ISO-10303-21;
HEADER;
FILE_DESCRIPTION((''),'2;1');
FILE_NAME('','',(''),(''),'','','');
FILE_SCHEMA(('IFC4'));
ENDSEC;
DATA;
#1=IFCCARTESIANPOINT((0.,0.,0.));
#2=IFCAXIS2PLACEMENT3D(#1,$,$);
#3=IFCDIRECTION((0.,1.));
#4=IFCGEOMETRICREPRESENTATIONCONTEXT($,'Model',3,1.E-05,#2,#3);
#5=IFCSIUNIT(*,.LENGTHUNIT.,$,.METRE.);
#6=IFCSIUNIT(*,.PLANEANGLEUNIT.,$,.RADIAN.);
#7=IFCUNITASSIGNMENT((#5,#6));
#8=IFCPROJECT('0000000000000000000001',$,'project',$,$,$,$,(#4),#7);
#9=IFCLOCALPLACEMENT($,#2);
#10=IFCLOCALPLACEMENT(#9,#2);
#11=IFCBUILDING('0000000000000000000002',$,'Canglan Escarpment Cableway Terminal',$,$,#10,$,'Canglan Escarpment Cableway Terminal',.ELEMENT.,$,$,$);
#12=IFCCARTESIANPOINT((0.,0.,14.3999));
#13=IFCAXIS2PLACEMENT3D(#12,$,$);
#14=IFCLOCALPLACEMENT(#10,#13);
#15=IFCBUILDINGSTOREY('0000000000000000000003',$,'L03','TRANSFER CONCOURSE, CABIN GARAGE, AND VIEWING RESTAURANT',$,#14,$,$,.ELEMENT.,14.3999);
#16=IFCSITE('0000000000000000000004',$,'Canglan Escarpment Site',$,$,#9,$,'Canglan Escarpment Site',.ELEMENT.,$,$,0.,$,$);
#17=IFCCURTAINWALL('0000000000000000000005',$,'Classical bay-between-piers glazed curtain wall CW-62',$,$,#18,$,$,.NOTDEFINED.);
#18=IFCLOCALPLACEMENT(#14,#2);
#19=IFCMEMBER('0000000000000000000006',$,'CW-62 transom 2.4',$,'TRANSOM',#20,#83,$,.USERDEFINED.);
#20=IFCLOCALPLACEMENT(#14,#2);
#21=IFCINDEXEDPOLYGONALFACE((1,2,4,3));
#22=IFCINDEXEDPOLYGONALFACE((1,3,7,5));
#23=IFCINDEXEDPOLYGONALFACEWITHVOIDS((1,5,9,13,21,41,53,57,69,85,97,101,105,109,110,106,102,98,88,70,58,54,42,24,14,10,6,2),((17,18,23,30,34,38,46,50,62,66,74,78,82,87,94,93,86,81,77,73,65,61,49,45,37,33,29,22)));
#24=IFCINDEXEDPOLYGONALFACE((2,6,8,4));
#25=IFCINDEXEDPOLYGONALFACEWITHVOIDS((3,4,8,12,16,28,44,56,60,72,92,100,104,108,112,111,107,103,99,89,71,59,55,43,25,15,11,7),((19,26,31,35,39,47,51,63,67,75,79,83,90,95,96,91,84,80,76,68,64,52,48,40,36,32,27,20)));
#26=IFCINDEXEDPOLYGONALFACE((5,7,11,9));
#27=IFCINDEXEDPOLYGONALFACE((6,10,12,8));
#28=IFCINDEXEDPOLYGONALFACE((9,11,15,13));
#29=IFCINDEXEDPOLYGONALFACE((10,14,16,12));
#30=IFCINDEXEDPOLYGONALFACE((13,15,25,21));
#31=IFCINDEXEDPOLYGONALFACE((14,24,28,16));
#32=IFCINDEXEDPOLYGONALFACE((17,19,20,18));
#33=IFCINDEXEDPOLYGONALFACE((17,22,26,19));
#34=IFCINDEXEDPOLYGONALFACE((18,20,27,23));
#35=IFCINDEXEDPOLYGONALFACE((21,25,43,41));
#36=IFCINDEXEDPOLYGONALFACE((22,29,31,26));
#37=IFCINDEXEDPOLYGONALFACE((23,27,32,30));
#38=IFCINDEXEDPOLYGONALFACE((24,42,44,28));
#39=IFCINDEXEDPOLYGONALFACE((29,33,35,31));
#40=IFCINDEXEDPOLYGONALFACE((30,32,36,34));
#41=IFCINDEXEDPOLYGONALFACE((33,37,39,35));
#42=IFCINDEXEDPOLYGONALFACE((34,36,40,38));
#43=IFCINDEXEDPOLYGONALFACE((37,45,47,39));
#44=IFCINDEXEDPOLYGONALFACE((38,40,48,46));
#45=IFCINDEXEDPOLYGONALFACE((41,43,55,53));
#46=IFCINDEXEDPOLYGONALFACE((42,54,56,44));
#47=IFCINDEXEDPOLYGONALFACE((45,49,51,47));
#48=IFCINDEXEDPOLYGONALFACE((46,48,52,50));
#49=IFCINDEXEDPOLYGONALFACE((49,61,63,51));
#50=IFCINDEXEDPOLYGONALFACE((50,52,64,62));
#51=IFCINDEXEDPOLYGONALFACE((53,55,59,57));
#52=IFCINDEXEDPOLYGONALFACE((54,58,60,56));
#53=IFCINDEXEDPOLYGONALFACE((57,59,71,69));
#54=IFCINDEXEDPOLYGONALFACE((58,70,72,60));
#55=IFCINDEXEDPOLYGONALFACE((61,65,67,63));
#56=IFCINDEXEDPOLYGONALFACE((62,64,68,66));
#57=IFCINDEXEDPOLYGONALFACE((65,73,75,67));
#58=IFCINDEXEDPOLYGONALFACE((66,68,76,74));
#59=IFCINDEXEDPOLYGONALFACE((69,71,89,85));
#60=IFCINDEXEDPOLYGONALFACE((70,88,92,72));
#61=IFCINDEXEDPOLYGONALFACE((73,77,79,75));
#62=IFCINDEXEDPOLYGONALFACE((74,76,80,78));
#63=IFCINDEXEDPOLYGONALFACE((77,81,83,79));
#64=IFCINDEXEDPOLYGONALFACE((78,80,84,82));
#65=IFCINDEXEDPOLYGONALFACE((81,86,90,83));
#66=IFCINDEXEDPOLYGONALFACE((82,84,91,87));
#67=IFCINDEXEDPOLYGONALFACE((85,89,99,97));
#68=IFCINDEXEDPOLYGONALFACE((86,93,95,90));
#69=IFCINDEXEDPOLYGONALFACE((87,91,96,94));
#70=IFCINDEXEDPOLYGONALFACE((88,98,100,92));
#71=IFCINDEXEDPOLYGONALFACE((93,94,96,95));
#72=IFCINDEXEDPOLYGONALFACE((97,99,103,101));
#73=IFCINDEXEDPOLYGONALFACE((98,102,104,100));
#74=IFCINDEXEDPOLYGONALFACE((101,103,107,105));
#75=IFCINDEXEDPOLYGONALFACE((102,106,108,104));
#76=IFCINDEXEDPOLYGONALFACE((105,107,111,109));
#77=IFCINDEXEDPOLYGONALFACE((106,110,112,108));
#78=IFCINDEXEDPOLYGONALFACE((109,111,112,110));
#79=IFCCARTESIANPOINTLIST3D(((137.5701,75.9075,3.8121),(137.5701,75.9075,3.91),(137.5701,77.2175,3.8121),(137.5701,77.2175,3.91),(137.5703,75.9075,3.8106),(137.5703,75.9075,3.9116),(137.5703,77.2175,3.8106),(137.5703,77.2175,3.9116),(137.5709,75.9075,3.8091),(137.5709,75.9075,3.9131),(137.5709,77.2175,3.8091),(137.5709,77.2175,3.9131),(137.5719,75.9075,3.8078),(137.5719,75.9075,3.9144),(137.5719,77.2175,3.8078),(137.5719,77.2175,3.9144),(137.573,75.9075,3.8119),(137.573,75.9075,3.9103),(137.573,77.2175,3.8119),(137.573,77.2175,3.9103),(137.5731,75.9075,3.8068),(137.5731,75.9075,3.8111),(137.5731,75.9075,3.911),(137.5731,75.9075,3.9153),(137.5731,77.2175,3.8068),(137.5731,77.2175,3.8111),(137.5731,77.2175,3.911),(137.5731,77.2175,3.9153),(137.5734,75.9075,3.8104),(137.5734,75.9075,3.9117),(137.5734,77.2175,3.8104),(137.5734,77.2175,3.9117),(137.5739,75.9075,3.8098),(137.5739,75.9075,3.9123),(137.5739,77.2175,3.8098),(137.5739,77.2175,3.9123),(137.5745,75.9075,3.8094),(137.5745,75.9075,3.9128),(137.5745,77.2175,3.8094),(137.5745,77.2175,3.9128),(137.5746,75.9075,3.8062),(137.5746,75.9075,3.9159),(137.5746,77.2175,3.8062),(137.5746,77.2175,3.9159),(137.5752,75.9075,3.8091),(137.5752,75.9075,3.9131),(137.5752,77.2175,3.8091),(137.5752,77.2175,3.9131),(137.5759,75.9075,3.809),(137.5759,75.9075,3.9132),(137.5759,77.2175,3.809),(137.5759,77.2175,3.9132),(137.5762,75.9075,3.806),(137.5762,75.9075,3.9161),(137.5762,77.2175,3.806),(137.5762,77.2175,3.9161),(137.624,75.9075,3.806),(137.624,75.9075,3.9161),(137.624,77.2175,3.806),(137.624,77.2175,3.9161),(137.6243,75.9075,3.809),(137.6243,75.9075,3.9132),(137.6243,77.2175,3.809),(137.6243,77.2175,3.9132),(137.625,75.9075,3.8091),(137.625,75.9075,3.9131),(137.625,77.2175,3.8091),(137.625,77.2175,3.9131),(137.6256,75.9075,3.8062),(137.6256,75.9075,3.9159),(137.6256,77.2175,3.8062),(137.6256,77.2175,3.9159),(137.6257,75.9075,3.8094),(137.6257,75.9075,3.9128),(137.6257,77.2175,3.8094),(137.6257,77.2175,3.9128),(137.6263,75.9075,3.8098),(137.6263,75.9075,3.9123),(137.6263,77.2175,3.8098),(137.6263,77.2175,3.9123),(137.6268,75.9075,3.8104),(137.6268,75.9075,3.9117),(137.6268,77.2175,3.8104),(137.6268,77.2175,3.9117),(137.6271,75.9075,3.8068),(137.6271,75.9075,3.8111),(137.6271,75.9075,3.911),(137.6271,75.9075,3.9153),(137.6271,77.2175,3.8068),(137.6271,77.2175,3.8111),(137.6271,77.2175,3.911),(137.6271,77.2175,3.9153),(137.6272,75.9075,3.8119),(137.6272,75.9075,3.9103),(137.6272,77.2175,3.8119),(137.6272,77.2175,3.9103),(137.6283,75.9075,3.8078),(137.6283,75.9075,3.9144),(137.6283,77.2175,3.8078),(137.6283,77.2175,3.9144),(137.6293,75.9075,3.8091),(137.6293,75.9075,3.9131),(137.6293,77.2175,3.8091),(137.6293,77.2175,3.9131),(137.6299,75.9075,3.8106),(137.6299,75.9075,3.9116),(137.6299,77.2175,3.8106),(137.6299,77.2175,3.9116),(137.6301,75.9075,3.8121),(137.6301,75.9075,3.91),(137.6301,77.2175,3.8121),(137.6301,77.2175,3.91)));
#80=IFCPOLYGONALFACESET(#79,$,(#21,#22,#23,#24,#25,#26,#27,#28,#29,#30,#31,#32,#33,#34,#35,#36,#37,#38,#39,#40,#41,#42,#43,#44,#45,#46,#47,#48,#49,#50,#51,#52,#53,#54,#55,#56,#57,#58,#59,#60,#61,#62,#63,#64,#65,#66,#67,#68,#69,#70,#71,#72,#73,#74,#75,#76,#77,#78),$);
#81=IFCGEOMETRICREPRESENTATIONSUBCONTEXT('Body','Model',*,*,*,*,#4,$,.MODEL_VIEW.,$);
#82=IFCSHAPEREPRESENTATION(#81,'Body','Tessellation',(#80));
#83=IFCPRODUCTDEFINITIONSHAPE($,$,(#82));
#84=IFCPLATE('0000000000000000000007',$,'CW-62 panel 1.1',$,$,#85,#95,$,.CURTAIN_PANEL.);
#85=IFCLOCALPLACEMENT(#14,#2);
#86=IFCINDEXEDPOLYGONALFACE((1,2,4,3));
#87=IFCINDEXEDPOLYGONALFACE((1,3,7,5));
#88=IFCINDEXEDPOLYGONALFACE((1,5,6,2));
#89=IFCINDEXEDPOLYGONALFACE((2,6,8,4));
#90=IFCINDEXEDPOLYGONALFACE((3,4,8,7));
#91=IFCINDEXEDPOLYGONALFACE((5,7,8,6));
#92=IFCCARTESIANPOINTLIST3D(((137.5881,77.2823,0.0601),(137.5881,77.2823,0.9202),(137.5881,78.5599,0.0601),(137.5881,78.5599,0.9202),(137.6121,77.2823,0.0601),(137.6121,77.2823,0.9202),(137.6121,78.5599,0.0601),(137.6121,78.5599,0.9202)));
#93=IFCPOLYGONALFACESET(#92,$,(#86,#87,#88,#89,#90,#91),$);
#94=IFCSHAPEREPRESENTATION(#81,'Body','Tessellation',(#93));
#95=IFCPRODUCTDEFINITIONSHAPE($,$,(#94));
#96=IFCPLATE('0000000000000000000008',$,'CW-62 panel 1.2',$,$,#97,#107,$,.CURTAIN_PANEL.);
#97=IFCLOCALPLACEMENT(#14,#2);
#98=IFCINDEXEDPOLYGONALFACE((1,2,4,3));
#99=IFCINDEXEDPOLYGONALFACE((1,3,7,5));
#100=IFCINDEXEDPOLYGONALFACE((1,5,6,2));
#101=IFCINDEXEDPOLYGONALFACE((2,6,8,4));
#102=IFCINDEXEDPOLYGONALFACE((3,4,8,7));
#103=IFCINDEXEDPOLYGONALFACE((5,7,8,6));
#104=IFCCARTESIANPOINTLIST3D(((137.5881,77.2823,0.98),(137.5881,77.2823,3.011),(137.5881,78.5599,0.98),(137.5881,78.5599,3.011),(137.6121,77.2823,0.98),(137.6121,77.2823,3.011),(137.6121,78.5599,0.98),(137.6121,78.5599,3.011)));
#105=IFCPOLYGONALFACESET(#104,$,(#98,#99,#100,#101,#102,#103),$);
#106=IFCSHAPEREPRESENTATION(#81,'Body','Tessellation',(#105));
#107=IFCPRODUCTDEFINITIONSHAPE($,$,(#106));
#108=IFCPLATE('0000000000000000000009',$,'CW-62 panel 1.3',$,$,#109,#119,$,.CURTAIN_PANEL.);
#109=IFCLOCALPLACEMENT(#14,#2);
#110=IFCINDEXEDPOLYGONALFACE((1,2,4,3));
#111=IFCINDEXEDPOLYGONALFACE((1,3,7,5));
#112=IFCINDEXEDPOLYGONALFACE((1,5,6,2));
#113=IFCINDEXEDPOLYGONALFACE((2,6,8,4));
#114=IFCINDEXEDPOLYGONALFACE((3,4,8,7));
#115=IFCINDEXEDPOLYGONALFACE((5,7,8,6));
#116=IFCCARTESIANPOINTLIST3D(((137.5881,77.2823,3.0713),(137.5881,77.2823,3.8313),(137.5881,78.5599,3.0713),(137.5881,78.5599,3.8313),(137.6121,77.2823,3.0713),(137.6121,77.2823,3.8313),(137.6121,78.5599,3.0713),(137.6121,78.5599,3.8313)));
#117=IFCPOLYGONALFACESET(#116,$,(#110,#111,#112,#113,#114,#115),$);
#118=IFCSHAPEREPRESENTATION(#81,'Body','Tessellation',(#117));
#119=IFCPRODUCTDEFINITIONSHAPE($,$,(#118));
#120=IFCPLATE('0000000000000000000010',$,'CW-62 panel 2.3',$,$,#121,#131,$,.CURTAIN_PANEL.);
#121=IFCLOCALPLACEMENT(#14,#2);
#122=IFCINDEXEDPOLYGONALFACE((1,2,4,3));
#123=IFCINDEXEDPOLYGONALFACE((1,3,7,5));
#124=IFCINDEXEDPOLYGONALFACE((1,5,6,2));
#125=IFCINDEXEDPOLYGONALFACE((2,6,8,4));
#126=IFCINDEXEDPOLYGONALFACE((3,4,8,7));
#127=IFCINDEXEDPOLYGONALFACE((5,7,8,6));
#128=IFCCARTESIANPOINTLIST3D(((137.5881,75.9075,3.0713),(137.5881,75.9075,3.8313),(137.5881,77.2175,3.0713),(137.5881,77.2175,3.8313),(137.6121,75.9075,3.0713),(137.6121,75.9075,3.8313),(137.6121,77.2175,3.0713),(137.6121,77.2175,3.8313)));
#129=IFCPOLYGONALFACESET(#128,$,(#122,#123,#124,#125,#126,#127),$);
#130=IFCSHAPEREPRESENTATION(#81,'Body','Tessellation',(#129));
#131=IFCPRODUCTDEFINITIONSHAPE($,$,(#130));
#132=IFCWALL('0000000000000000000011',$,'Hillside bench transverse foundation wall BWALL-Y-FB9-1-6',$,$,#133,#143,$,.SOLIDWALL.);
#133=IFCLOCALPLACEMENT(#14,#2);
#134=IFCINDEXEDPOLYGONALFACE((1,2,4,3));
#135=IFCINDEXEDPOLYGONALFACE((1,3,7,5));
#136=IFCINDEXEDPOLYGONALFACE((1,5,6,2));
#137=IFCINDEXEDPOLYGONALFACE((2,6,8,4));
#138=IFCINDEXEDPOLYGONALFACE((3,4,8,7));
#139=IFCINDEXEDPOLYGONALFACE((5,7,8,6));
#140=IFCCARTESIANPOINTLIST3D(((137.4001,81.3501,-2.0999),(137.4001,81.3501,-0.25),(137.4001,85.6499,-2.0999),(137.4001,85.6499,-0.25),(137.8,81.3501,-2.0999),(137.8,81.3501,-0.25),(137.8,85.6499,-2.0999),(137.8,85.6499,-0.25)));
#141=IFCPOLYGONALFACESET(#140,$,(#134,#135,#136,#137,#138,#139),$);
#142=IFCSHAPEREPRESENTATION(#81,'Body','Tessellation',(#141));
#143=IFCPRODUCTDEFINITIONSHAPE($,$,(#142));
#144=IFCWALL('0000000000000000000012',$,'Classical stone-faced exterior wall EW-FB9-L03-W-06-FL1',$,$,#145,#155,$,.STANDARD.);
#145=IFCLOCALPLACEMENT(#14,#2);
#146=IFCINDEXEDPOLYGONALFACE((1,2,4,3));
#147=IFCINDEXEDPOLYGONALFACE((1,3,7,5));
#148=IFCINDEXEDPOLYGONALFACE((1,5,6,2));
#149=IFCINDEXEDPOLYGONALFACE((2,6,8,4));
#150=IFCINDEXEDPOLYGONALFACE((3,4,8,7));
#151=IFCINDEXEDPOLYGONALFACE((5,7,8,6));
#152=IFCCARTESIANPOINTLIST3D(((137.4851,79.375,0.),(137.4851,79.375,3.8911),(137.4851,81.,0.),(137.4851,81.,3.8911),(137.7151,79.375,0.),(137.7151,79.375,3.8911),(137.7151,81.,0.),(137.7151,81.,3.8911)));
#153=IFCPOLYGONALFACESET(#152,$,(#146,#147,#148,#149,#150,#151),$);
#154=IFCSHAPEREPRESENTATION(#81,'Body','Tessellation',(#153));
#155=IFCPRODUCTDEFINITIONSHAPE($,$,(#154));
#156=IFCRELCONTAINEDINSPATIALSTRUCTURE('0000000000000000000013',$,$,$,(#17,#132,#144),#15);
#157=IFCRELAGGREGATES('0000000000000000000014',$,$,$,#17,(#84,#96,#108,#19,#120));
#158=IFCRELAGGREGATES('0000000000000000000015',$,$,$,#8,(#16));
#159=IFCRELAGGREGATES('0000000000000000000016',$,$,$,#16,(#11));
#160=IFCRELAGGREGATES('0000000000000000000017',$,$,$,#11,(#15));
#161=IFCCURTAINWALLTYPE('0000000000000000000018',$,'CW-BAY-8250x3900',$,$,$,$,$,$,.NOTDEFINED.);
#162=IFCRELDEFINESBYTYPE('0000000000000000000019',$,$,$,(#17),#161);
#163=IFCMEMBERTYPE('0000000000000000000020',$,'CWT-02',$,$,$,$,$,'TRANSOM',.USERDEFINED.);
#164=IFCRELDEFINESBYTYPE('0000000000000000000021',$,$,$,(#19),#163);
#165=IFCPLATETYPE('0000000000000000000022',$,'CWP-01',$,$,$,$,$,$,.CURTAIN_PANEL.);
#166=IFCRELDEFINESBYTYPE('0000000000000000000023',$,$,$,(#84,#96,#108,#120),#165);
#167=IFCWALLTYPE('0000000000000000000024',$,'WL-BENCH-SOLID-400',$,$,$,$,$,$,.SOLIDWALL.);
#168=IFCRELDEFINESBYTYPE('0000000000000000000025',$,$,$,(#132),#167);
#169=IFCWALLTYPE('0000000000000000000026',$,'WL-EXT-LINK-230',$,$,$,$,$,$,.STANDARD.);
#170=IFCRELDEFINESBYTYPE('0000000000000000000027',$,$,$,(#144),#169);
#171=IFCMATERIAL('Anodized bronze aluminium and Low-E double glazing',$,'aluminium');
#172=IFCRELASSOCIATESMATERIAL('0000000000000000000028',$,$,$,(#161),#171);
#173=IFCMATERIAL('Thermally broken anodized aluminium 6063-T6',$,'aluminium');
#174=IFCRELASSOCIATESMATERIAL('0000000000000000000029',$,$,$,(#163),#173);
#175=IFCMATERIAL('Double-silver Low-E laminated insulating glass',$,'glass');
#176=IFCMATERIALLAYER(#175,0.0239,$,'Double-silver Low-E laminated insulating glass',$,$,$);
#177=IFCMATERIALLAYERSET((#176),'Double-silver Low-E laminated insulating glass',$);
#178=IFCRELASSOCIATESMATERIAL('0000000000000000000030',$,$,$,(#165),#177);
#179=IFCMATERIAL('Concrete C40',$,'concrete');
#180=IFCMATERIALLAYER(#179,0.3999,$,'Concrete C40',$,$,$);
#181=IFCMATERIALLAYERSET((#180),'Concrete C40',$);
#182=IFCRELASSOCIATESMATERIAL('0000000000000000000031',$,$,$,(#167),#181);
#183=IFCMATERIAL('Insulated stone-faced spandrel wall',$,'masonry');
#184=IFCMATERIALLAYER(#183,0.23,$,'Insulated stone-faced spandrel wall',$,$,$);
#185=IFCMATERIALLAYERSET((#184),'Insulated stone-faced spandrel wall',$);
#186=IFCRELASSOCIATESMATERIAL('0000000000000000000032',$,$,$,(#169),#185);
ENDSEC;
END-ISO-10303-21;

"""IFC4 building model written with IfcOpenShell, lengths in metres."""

from ifc_helpers import new_model, si_unit, direction, frame, frame_2d, origin, origin_2d, place, context, subcontext, project, spatial, rectangle, hollow_rectangle, extrude, material, layer, layer_set, material_profile, profile_set, type_object, element, aggregate, save


model = new_model("IFC4")

# Units and contexts
model_context = context("Model", 3, precision=1e-05, world=origin(), true_north=direction((0.0, 1.0)))
body_context = subcontext(model_context, "Body", "Model", "MODEL_VIEW")
ifc_project = project(units=[si_unit("LENGTHUNIT", "METRE"), si_unit("PLANEANGLEUNIT", "RADIAN")], contexts=[model_context])

# Site, building, storey
site_placement = place(None, origin())
site = spatial("IfcSite", under=ifc_project, at=site_placement, Name="Canglan Escarpment Site", LongName="Canglan Escarpment Site", CompositionType="ELEMENT", RefElevation=0.0)
building_placement = place(site_placement, origin())
building = spatial("IfcBuilding", under=site, at=building_placement, Name="Canglan Escarpment Cableway Terminal", LongName="Canglan Escarpment Cableway Terminal", CompositionType="ELEMENT")
storey_placement = place(building_placement, frame((0.0, 0.0, 14.3999)))
storey = spatial("IfcBuildingStorey", under=building, at=storey_placement, Name="L03", Description="TRANSFER CONCOURSE, CABIN GARAGE, AND VIEWING RESTAURANT", CompositionType="ELEMENT", Elevation=14.3999)

# Shared definitions
ifc_material_1 = material(Name="Concrete C40", Category="concrete")

# Curtain wall, member, plates
ifc_material_2 = material(Name="Anodized bronze aluminium and Low-E double glazing", Category="aluminium")
curtain_wall_type = type_object("IfcCurtainWallType", Name="CW-BAY-8250x3900", PredefinedType="NOTDEFINED", material=ifc_material_2)
curtain_wall_placement = place(storey_placement, origin())
curtain_wall = element("IfcCurtainWall", 1, at=curtain_wall_placement, inside=storey, type_object=curtain_wall_type, Name="Classical bay-between-piers glazed curtain wall CW-62", PredefinedType="NOTDEFINED")
ifc_material_3 = material(Name="Thermally broken anodized aluminium 6063-T6", Category="aluminium")
ifc_material_profile_1 = material_profile(ifc_material_3, hollow_rectangle(XDim=0.0601, YDim=0.1101, WallThickness=0.0029, InnerFilletRadius=0.0029, OuterFilletRadius=0.0061, at=origin_2d()), Name="ALU-TRAN 60x110x3")
ifc_profile_set_1 = profile_set([ifc_material_profile_1], Name="Thermally broken anodized aluminium 6063-T6")
member_type_1 = type_object("IfcMemberType", Name="CWT-02", ElementType="TRANSOM", PredefinedType="USERDEFINED", material=ifc_profile_set_1)
member_1_placement = place(storey_placement, frame((137.6001, 77.2175, 3.8611), z_axis=(0.0, -1.0, 0.0), x_axis=(1.0, 0.0, 0.0)))
member_1 = element("IfcMember", 2, at=member_1_placement, type_object=member_type_1, Name="CW-62 transom 2.4", ObjectType="TRANSOM", PredefinedType="USERDEFINED", context=body_context, shape_type="SweptSolid", body=[
    extrude(hollow_rectangle(XDim=0.0601, YDim=0.1101, WallThickness=0.0029, InnerFilletRadius=0.0029, OuterFilletRadius=0.0061, at=origin_2d()), origin(), (0.0, 0.0, 1.0), 1.3101),
])
ifc_material_4 = material(Name="Double-silver Low-E laminated insulating glass", Category="glass")
ifc_layer_1 = layer(ifc_material_4, 0.0239, Name="Double-silver Low-E laminated insulating glass")
ifc_layer_set_1 = layer_set([ifc_layer_1], Name="Double-silver Low-E laminated insulating glass")
plate_type = type_object("IfcPlateType", Name="CWP-01", PredefinedType="CURTAIN_PANEL", material=ifc_layer_set_1)
plate_1_placement = place(storey_placement, frame((137.6001, 77.9211, 0.0601), z_axis=(0.0, 0.0, 1.0), x_axis=(0.0, -1.0, 0.0)))
plate_1 = element("IfcPlate", 3, at=plate_1_placement, type_object=plate_type, Name="CW-62 panel 1.1", PredefinedType="CURTAIN_PANEL", context=body_context, shape_type="SweptSolid", body=[
    extrude(rectangle(XDim=1.2776, YDim=0.0239, at=origin_2d()), origin(), (0.0, 0.0, 1.0), 0.8601),
])
plate_2_placement = place(storey_placement, frame((137.6001, 77.9211, 0.98), z_axis=(0.0, 0.0, 1.0), x_axis=(0.0, -1.0, 0.0)))
plate_2 = element("IfcPlate", 4, at=plate_2_placement, type_object=plate_type, Name="CW-62 panel 1.2", PredefinedType="CURTAIN_PANEL", context=body_context, shape_type="SweptSolid", body=[
    extrude(rectangle(XDim=1.2776, YDim=0.0239, at=origin_2d()), origin(), (0.0, 0.0, 1.0), 2.031),
])
plate_3_placement = place(storey_placement, frame((137.6001, 77.9211, 3.0713), z_axis=(0.0, 0.0, 1.0), x_axis=(0.0, -1.0, 0.0)))
plate_3 = element("IfcPlate", 5, at=plate_3_placement, type_object=plate_type, Name="CW-62 panel 1.3", PredefinedType="CURTAIN_PANEL", context=body_context, shape_type="SweptSolid", body=[
    extrude(rectangle(XDim=1.2776, YDim=0.0239, at=origin_2d()), origin(), (0.0, 0.0, 1.0), 0.76),
])
plate_4_placement = place(storey_placement, frame((137.6001, 76.5625, 3.0713), z_axis=(0.0, 0.0, 1.0), x_axis=(0.0, -1.0, 0.0)))
plate_4 = element("IfcPlate", 6, at=plate_4_placement, type_object=plate_type, Name="CW-62 panel 2.3", PredefinedType="CURTAIN_PANEL", context=body_context, shape_type="SweptSolid", body=[
    extrude(rectangle(XDim=1.3101, YDim=0.0239, at=origin_2d()), origin(), (0.0, 0.0, 1.0), 0.76),
])
aggregate(curtain_wall, [plate_1, plate_2, plate_3, member_1, plate_4])

# Walls
ifc_layer_2 = layer(ifc_material_1, 0.3999, Name="Concrete C40")
ifc_layer_set_2 = layer_set([ifc_layer_2], Name="Concrete C40")
wall_type_1 = type_object("IfcWallType", Name="WL-BENCH-SOLID-400", PredefinedType="SOLIDWALL", material=ifc_layer_set_2)
wall_1_placement = place(storey_placement, frame((137.6001, 81.3501, -2.0999), z_axis=(0.0, 0.0, 1.0), x_axis=(0.0, 1.0, 0.0)))
element("IfcWall", 7, at=wall_1_placement, inside=storey, type_object=wall_type_1, Name="Hillside bench transverse foundation wall BWALL-Y-FB9-1-6", PredefinedType="SOLIDWALL", context=body_context, shape_type="SweptSolid", body=[
    extrude(rectangle(XDim=4.2998, YDim=0.3999, at=frame_2d((2.1499, 0.0))), origin(), (0.0, 0.0, 1.0), 1.8499),
])
ifc_material_5 = material(Name="Insulated stone-faced spandrel wall", Category="masonry")
ifc_layer_3 = layer(ifc_material_5, 0.23, Name="Insulated stone-faced spandrel wall")
ifc_layer_set_3 = layer_set([ifc_layer_3], Name="Insulated stone-faced spandrel wall")
wall_type_2 = type_object("IfcWallType", Name="WL-EXT-LINK-230", PredefinedType="STANDARD", material=ifc_layer_set_3)
wall_2_placement = place(storey_placement, frame((137.6001, 79.375, 0.0), z_axis=(0.0, 0.0, 1.0), x_axis=(0.0, 1.0, 0.0)))
element("IfcWall", 8, at=wall_2_placement, inside=storey, type_object=wall_type_2, Name="Classical stone-faced exterior wall EW-FB9-L03-W-06-FL1", PredefinedType="STANDARD", context=body_context, shape_type="SweptSolid", body=[
    extrude(rectangle(XDim=1.625, YDim=0.23, at=frame_2d((0.8125, 0.0))), origin(), (0.0, 0.0, 1.0), 3.8911),
])

save(model, "model.ifc")
